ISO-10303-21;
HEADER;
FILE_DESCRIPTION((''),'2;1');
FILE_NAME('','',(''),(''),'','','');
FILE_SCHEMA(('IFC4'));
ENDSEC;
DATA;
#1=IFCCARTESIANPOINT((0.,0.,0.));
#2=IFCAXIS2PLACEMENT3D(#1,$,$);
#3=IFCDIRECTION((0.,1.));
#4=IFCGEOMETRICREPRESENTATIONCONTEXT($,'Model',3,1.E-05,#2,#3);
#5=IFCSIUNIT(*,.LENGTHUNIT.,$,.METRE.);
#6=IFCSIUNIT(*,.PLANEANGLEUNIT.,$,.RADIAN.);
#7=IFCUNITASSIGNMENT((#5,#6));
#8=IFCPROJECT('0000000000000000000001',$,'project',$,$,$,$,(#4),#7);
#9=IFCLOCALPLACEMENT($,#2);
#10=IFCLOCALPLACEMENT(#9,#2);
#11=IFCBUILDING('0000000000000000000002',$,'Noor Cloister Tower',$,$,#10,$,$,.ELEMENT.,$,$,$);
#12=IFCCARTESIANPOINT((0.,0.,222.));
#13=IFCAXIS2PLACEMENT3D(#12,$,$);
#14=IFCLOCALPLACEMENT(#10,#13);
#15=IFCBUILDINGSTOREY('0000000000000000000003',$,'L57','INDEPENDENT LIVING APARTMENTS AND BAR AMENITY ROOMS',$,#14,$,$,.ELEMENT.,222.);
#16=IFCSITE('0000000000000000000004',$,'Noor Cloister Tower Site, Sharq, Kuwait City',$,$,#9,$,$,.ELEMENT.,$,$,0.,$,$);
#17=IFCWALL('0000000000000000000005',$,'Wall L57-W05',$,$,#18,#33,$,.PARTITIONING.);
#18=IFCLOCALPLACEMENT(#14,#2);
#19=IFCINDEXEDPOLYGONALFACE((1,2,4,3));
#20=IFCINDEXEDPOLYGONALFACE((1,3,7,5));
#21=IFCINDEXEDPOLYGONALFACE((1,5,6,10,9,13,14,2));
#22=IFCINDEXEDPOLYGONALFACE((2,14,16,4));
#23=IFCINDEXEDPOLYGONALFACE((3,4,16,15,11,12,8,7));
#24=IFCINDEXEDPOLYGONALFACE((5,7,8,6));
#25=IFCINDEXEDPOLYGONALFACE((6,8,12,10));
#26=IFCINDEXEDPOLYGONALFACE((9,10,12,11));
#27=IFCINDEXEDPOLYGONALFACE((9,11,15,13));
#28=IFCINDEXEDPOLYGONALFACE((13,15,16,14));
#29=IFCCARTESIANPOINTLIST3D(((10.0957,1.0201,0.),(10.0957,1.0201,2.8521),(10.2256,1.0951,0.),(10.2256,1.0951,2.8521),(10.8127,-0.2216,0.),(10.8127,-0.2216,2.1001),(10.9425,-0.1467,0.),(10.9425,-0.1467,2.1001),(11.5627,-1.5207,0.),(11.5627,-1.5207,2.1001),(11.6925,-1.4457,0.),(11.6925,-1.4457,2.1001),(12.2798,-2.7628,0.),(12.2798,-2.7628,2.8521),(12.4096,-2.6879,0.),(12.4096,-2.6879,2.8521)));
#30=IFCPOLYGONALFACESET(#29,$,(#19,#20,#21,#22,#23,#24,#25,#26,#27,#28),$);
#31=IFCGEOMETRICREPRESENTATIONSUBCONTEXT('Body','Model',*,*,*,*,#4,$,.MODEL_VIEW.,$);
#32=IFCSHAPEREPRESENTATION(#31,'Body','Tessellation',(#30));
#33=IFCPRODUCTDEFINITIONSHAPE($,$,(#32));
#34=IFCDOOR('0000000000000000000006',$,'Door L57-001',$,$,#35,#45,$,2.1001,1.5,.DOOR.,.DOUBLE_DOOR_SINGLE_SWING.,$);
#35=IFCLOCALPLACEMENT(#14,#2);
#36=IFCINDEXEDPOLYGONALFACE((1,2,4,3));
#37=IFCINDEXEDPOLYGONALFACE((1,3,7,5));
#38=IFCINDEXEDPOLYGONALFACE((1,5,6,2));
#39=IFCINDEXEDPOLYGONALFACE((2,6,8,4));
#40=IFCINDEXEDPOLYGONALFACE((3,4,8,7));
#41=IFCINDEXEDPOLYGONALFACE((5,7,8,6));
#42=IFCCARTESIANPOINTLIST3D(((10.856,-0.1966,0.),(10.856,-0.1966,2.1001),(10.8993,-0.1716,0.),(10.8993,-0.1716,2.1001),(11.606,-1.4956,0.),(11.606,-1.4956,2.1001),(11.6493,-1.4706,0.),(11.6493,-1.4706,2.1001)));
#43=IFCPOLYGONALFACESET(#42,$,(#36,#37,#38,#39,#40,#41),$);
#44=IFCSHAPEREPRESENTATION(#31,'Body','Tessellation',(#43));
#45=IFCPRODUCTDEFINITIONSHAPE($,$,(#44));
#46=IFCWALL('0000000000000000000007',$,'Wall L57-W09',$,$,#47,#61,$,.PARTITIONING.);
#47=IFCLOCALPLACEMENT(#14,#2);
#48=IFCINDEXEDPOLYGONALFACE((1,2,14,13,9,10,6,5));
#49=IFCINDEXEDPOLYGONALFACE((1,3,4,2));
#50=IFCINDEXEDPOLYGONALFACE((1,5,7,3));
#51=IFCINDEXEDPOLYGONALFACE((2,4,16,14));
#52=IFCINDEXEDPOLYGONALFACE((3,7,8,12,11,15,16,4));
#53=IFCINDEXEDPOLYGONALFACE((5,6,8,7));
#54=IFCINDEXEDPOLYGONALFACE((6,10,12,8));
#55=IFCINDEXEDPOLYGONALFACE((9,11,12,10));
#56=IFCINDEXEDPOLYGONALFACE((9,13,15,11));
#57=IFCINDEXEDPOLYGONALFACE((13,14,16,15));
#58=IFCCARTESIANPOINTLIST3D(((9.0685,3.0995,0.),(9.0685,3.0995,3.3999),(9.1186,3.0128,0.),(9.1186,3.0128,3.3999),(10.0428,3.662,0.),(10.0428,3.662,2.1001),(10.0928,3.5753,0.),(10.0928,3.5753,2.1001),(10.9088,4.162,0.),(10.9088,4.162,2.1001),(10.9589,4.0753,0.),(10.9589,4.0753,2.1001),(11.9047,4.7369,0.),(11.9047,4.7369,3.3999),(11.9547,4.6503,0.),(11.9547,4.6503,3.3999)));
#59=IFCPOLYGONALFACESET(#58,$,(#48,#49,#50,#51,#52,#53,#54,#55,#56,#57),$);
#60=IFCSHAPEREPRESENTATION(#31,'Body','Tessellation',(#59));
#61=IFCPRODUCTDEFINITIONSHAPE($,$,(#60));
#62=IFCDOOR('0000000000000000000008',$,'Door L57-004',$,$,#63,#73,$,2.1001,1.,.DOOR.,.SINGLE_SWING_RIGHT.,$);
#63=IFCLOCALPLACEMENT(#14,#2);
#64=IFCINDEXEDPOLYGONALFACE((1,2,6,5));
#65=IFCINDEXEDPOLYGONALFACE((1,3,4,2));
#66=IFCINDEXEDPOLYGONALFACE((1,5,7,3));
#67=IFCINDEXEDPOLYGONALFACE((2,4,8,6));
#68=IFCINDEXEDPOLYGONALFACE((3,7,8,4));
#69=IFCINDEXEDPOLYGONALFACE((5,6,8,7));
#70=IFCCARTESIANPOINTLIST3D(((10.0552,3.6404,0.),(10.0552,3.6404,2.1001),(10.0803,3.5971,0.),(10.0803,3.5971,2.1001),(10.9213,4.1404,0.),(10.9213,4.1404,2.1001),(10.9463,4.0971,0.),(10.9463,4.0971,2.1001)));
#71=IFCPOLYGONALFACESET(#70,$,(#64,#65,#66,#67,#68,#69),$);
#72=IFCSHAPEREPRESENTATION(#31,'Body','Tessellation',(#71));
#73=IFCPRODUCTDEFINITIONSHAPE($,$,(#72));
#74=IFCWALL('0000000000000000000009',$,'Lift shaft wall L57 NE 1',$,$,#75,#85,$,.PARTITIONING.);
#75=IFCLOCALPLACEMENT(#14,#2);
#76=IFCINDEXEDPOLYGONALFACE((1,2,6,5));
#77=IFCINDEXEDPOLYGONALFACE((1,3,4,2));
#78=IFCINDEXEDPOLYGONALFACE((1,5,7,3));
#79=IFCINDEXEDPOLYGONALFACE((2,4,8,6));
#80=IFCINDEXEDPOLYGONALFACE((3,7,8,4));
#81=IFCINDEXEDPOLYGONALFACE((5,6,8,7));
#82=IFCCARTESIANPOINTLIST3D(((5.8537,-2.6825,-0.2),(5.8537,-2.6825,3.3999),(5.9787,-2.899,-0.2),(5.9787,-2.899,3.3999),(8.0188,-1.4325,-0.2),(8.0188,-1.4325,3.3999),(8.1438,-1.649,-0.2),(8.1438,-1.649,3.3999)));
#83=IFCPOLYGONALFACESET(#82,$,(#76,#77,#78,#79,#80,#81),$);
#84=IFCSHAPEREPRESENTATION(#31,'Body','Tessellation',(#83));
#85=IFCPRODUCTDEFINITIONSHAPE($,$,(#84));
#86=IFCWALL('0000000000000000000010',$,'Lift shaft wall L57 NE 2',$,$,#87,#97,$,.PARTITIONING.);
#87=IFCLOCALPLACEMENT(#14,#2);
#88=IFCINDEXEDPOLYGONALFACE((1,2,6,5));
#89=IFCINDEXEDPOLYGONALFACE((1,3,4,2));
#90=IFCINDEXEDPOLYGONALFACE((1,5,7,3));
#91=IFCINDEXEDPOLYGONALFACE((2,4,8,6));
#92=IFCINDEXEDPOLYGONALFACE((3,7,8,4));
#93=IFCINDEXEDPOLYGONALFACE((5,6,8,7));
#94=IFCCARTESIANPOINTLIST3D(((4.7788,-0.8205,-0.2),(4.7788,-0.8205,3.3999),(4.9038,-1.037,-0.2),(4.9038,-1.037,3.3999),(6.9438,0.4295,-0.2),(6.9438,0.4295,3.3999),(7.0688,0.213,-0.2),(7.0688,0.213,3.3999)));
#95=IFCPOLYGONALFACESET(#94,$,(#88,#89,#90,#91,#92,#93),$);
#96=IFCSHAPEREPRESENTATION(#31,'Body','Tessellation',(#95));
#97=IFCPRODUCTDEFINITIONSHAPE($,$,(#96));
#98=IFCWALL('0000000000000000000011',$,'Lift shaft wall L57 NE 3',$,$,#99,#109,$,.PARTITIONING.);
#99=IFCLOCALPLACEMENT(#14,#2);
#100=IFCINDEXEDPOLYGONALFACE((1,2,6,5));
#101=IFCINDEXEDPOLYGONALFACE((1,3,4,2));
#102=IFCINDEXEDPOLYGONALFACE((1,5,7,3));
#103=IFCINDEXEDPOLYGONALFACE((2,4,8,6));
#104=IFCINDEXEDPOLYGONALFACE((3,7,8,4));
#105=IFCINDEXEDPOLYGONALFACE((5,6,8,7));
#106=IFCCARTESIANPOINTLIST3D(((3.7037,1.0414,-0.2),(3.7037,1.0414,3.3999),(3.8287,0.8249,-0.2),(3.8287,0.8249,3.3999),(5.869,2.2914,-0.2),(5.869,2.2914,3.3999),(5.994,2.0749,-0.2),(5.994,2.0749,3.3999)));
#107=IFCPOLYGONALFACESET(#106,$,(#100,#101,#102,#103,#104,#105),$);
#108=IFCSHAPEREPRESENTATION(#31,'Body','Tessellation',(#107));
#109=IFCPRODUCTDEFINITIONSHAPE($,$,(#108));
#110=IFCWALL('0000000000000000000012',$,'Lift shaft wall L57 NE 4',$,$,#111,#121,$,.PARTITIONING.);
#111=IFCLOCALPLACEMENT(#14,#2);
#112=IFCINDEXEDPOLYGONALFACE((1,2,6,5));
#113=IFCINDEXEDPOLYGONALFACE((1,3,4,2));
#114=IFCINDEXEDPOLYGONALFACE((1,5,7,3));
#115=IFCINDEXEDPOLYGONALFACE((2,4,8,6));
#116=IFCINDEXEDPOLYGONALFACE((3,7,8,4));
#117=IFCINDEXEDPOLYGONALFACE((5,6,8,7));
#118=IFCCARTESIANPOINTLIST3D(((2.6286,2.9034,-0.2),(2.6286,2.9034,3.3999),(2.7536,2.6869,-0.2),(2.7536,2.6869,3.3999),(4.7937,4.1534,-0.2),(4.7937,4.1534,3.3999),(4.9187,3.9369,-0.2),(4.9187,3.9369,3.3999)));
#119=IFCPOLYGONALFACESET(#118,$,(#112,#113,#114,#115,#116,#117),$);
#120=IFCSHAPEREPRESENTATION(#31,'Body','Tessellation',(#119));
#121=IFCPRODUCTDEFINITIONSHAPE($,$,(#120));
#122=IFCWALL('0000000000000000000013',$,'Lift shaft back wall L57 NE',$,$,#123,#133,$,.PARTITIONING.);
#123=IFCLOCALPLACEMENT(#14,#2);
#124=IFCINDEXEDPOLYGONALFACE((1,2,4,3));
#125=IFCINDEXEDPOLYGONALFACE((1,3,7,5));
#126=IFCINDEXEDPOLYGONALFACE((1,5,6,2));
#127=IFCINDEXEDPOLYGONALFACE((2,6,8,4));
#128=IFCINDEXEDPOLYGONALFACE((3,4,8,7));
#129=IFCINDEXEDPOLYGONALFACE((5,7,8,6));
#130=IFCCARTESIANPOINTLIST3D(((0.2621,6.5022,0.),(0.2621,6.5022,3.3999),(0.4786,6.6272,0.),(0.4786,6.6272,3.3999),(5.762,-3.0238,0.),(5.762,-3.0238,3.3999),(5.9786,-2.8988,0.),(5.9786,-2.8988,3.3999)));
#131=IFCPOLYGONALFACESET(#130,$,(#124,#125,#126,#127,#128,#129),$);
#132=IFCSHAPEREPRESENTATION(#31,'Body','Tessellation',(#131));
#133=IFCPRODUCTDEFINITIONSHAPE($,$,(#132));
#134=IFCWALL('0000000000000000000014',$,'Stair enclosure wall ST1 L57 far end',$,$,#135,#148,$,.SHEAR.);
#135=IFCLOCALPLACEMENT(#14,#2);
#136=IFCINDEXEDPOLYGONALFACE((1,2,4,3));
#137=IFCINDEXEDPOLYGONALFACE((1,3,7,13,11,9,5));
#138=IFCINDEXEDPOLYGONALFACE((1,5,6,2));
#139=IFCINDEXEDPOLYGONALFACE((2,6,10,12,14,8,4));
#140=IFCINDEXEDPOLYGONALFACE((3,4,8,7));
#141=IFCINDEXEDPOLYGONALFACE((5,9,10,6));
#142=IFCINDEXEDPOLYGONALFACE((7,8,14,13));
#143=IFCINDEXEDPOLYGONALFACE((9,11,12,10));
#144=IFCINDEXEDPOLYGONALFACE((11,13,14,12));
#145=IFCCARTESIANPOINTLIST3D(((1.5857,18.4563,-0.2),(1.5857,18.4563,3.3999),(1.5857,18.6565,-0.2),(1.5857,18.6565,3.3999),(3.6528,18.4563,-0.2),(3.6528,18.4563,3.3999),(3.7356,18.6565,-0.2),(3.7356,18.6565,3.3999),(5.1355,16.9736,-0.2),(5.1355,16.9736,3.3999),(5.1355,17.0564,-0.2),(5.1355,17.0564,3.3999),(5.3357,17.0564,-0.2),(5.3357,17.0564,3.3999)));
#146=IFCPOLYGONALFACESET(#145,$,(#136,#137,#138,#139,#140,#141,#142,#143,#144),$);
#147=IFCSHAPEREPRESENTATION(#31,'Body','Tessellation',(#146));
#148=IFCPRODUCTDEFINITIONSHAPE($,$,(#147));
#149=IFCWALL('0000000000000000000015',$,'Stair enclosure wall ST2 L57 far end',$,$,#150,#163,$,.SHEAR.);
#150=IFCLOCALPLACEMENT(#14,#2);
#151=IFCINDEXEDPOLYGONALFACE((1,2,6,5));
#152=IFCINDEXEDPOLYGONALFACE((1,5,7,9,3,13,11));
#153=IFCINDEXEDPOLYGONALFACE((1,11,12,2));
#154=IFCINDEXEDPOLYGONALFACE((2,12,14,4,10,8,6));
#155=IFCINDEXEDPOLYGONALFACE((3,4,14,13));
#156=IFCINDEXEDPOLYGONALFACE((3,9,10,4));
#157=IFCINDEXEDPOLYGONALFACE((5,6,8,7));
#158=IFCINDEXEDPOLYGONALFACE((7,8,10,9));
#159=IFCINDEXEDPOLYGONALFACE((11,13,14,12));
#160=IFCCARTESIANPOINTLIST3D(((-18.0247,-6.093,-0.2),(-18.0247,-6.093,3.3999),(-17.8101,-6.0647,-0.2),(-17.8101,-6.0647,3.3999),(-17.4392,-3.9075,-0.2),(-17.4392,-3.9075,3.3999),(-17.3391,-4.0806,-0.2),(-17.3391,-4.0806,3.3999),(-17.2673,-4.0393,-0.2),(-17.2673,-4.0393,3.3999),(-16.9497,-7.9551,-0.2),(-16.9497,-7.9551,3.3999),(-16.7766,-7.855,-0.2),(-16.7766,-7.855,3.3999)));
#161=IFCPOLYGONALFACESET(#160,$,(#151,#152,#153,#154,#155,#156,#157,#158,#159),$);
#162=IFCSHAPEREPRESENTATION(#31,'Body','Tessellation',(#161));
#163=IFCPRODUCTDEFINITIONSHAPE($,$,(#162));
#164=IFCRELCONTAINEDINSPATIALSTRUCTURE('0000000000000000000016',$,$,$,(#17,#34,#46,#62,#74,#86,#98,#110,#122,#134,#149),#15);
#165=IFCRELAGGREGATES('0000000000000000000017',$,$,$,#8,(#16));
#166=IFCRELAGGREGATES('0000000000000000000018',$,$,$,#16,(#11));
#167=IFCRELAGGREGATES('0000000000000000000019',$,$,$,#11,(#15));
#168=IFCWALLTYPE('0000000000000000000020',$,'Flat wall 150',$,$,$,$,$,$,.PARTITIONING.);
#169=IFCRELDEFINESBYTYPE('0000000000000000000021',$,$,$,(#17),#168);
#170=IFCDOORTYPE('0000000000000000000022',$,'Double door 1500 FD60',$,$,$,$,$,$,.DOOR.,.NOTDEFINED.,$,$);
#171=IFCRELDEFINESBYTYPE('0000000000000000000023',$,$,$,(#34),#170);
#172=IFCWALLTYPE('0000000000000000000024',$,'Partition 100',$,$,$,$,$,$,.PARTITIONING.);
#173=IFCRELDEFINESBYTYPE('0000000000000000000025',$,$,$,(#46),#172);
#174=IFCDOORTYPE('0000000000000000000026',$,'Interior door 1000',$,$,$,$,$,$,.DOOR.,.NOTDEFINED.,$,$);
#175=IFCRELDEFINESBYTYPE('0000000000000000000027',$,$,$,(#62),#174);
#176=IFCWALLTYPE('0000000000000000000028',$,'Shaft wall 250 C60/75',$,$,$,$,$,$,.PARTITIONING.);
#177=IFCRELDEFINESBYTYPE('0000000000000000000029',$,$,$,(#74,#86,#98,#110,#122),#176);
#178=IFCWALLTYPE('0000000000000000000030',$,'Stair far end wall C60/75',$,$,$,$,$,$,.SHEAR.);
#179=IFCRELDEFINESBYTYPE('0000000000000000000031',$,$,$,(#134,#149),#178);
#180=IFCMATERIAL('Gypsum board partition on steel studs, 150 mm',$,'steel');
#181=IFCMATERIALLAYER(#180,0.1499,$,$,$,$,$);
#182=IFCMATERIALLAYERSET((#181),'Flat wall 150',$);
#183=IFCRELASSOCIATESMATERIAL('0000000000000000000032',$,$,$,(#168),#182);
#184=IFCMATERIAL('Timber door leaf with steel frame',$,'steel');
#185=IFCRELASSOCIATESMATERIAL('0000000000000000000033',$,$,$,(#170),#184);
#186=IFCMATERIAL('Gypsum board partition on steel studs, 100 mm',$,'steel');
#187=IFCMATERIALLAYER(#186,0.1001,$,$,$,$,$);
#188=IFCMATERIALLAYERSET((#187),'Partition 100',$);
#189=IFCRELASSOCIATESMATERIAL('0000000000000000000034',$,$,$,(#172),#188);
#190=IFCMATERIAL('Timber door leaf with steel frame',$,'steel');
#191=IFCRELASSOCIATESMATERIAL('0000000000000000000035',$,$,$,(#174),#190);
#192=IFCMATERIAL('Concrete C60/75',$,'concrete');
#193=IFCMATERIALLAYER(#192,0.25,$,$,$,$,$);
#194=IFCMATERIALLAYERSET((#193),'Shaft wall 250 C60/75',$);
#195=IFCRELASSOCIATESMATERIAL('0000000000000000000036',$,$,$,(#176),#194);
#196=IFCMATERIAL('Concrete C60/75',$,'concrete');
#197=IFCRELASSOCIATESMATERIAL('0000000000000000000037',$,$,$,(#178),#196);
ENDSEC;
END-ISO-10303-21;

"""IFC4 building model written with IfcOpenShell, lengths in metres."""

from ifc_helpers import new_model, si_unit, direction, frame, frame_2d, origin, place, context, subcontext, project, spatial, polyline, rectangle, outline, extrude, material, layer, layer_set, type_object, element, fill, save


model = new_model("IFC4")

# Units and contexts
model_context = context("Model", 3, precision=1e-05, world=origin(), true_north=direction((0.0, 1.0)))
body_context = subcontext(model_context, "Body", "Model", "MODEL_VIEW")
ifc_project = project(units=[si_unit("LENGTHUNIT", "METRE"), si_unit("PLANEANGLEUNIT", "RADIAN")], contexts=[model_context])

# Site, building, storey
site_placement = place(None, origin())
site = spatial("IfcSite", under=ifc_project, at=site_placement, Name="Noor Cloister Tower Site, Sharq, Kuwait City", CompositionType="ELEMENT", RefElevation=0.0)
building_placement = place(site_placement, origin())
building = spatial("IfcBuilding", under=site, at=building_placement, Name="Noor Cloister Tower", CompositionType="ELEMENT")
storey_placement = place(building_placement, frame((0.0, 0.0, 222.0)))
storey = spatial("IfcBuildingStorey", under=building, at=storey_placement, Name="L57", Description="INDEPENDENT LIVING APARTMENTS AND BAR AMENITY ROOMS", CompositionType="ELEMENT", Elevation=222.0)

# Walls, openings, doors
ifc_material_1 = material(Name="Gypsum board partition on steel studs, 150 mm", Category="steel")
ifc_layer_1 = layer(ifc_material_1, 0.1499)
ifc_layer_set_1 = layer_set([ifc_layer_1], Name="Flat wall 150")
wall_type_1 = type_object("IfcWallType", Name="Flat wall 150", PredefinedType="PARTITIONING", material=ifc_layer_set_1)
wall_1_placement = place(storey_placement, frame((12.3447, -2.7253, 0.0), z_axis=(0.0, 0.0, 1.0), x_axis=(-0.499998, 0.866026, 0.0)))
wall_1 = element("IfcWall", 1, at=wall_1_placement, inside=storey, type_object=wall_type_1, Name="Wall L57-W05", PredefinedType="PARTITIONING", context=body_context, shape_type="SweptSolid", body=[
    extrude(rectangle(XDim=4.3682, YDim=0.1499, at=frame_2d((2.1841, 0.0))), origin(), (0.0, 0.0, 1.0), 2.8521),
])
opening_1_placement = place(wall_1_placement, frame((1.4343, 0.0, 0.0)))
opening_1 = element("IfcOpeningElement", 2, at=opening_1_placement, cuts=wall_1, PredefinedType="OPENING", context=body_context, shape_type="SweptSolid", body=[
    extrude(rectangle(XDim=1.5, YDim=2.1001, at=frame_2d((0.75, 1.05))), frame((0.0, 0.085, 0.0), z_axis=(0.0, -1.0, 0.0), x_axis=(1.0, 0.0, 0.0)), (0.0, 0.0, 1.0), 0.1699),
])
ifc_material_2 = material(Name="Timber door leaf with steel frame", Category="steel")
door_type_1 = type_object("IfcDoorType", Name="Double door 1500 FD60", OperationType="NOTDEFINED", PredefinedType="DOOR", material=ifc_material_2)
door_1_placement = place(opening_1_placement, origin())
door_1 = element("IfcDoor", 3, at=door_1_placement, inside=storey, type_object=door_type_1, Name="Door L57-001", OperationType="DOUBLE_DOOR_SINGLE_SWING", OverallHeight=2.1001, OverallWidth=1.5, PredefinedType="DOOR", context=body_context, shape_type="SweptSolid", body=[
    extrude(rectangle(XDim=1.5, YDim=2.1001, at=frame_2d((0.75, 1.05))), frame((0.0, 0.0249, 0.0), z_axis=(0.0, -1.0, 0.0), x_axis=(1.0, 0.0, 0.0)), (0.0, 0.0, 1.0), 0.05),
])
fill(opening_1, door_1)
ifc_material_3 = material(Name="Gypsum board partition on steel studs, 100 mm", Category="steel")
ifc_layer_2 = layer(ifc_material_3, 0.1001)
ifc_layer_set_2 = layer_set([ifc_layer_2], Name="Partition 100")
wall_type_2 = type_object("IfcWallType", Name="Partition 100", PredefinedType="PARTITIONING", material=ifc_layer_set_2)
wall_2_placement = place(storey_placement, frame((11.9297, 4.6936, 0.0), z_axis=(0.0, 0.0, 1.0), x_axis=(-0.866028, -0.499996, 0.0)))
wall_2 = element("IfcWall", 4, at=wall_2_placement, inside=storey, type_object=wall_type_2, Name="Wall L57-W09", PredefinedType="PARTITIONING", context=body_context, shape_type="SweptSolid", body=[
    extrude(rectangle(XDim=3.2749, YDim=0.1001, at=frame_2d((1.6375, 0.0))), origin(), (0.0, 0.0, 1.0), 3.3999),
])
opening_2_placement = place(wall_2_placement, frame((1.1499, 0.0, 0.0)))
opening_2 = element("IfcOpeningElement", 5, at=opening_2_placement, cuts=wall_2, PredefinedType="OPENING", context=body_context, shape_type="SweptSolid", body=[
    extrude(rectangle(XDim=1.0, YDim=2.1001, at=frame_2d((0.5, 1.05))), frame((0.0, 0.0601, 0.0), z_axis=(0.0, -1.0, 0.0), x_axis=(1.0, 0.0, 0.0)), (0.0, 0.0, 1.0), 0.1201),
])
ifc_material_4 = material(Name="Timber door leaf with steel frame", Category="steel")
door_type_2 = type_object("IfcDoorType", Name="Interior door 1000", OperationType="NOTDEFINED", PredefinedType="DOOR", material=ifc_material_4)
door_2_placement = place(opening_2_placement, origin())
door_2 = element("IfcDoor", 6, at=door_2_placement, inside=storey, type_object=door_type_2, Name="Door L57-004", OperationType="SINGLE_SWING_RIGHT", OverallHeight=2.1001, OverallWidth=1.0, PredefinedType="DOOR", context=body_context, shape_type="SweptSolid", body=[
    extrude(rectangle(XDim=1.0, YDim=2.1001, at=frame_2d((0.5, 1.05))), frame((0.0, 0.0249, 0.0), z_axis=(0.0, -1.0, 0.0), x_axis=(1.0, 0.0, 0.0)), (0.0, 0.0, 1.0), 0.05),
])
fill(opening_2, door_2)

# Walls
ifc_material_5 = material(Name="Concrete C60/75", Category="concrete")
ifc_layer_3 = layer(ifc_material_5, 0.25)
ifc_layer_set_3 = layer_set([ifc_layer_3], Name="Shaft wall 250 C60/75")
wall_type_3 = type_object("IfcWallType", Name="Shaft wall 250 C60/75", PredefinedType="PARTITIONING", material=ifc_layer_set_3)
for number, where, z_axis, x_axis, name in (
    (7, (8.0813, -1.5408, -0.2), (0.0, 0.0, 1.0), (-0.866023, -0.500004, 0.0), "Lift shaft wall L57 NE 1"),
    (8, (7.0063, 0.3213, -0.2), (0.0, 0.0, 1.0), (-0.866023, -0.500004, 0.0), "Lift shaft wall L57 NE 2"),
):
    element("IfcWall", number, at=place(storey_placement, frame(where, z_axis=z_axis, x_axis=x_axis)), inside=storey, type_object=wall_type_3, Name=name, PredefinedType="PARTITIONING", context=body_context, shape_type="SweptSolid", body=[
        extrude(rectangle(XDim=2.5, YDim=0.25, at=frame_2d((1.25, 0.0))), origin(), (0.0, 0.0, 1.0), 3.5999),
    ])
wall_3_placement = place(storey_placement, frame((5.9314, 2.1831, -0.2), z_axis=(0.0, 0.0, 1.0), x_axis=(-0.866047, -0.499962, 0.0)))
element("IfcWall", 9, at=wall_3_placement, inside=storey, type_object=wall_type_3, Name="Lift shaft wall L57 NE 3", PredefinedType="PARTITIONING", context=body_context, shape_type="SweptSolid", body=[
    extrude(rectangle(XDim=2.5002, YDim=0.25, at=frame_2d((1.25, 0.0))), origin(), (0.0, 0.0, 1.0), 3.5999),
])
wall_4_placement = place(storey_placement, frame((4.8562, 4.0452, -0.2), z_axis=(0.0, 0.0, 1.0), x_axis=(-0.866023, -0.500004, 0.0)))
element("IfcWall", 10, at=wall_4_placement, inside=storey, type_object=wall_type_3, Name="Lift shaft wall L57 NE 4", PredefinedType="PARTITIONING", context=body_context, shape_type="SweptSolid", body=[
    extrude(rectangle(XDim=2.5, YDim=0.25, at=frame_2d((1.25, 0.0))), origin(), (0.0, 0.0, 1.0), 3.5999),
])
wall_5_placement = place(storey_placement, frame((5.8704, -2.9614, 0.0), z_axis=(0.0, 0.0, 1.0), x_axis=(-0.500006, 0.866022, 0.0)))
element("IfcWall", 11, at=wall_5_placement, inside=storey, type_object=wall_type_3, Name="Lift shaft back wall L57 NE", PredefinedType="PARTITIONING", context=body_context, shape_type="SweptSolid", body=[
    extrude(rectangle(XDim=10.9998, YDim=0.25, at=frame_2d((5.5, 0.0))), origin(), (0.0, 0.0, 1.0), 3.3999),
])
ifc_material_6 = material(Name="Concrete C60/75", Category="concrete")
wall_type_4 = type_object("IfcWallType", Name="Stair far end wall C60/75", PredefinedType="SHEAR", material=ifc_material_6)
wall_6_placement = place(storey_placement, frame((0.0, 0.0, -0.2)))
element("IfcWall", 12, at=wall_6_placement, inside=storey, type_object=wall_type_4, Name="Stair enclosure wall ST1 L57 far end", PredefinedType="SHEAR", context=body_context, shape_type="SweptSolid", body=[
    extrude(outline(polyline([(5.3357, 17.0564), (3.7356, 18.6565), (1.5857, 18.6565), (1.5857, 18.4563), (3.6528, 18.4563), (5.1355, 16.9736), (5.1355, 17.0564), (5.1355, 17.0564), (5.1355, 17.0564), (5.1355, 17.0564), (5.1355, 17.0564), (5.1355, 17.0564), (5.1355, 17.0564), (5.1355, 17.0564), (5.1355, 17.0564), (5.1355, 17.0564), (5.1355, 17.0564), (5.1355, 17.0564), (5.1355, 17.0564), (5.1355, 17.0564), (5.1355, 17.0564), (5.1355, 17.0564), (5.1355, 17.0564), (5.3357, 17.0564)])), origin(), (0.0, 0.0, 1.0), 3.5999),
])
wall_7_placement = place(storey_placement, frame((0.0, 0.0, -0.2)))
element("IfcWall", 13, at=wall_7_placement, inside=storey, type_object=wall_type_4, Name="Stair enclosure wall ST2 L57 far end", PredefinedType="SHEAR", context=body_context, shape_type="SweptSolid", body=[
    extrude(outline(polyline([(-17.4392, -3.9075), (-18.0247, -6.093), (-16.9497, -7.9551), (-16.7766, -7.855), (-17.8101, -6.0647), (-17.2673, -4.0393), (-17.3391, -4.0806), (-17.3391, -4.0806), (-17.3391, -4.0806), (-17.3391, -4.0806), (-17.3391, -4.0806), (-17.3391, -4.0806), (-17.3391, -4.0806), (-17.3391, -4.0806), (-17.3391, -4.0806), (-17.3391, -4.0806), (-17.3391, -4.0806), (-17.3391, -4.0806), (-17.3391, -4.0806), (-17.3391, -4.0806), (-17.3391, -4.0806), (-17.3391, -4.0806), (-17.3391, -4.0806), (-17.4392, -3.9075)])), origin(), (0.0, 0.0, 1.0), 3.5999),
])

save(model, "model.ifc")
